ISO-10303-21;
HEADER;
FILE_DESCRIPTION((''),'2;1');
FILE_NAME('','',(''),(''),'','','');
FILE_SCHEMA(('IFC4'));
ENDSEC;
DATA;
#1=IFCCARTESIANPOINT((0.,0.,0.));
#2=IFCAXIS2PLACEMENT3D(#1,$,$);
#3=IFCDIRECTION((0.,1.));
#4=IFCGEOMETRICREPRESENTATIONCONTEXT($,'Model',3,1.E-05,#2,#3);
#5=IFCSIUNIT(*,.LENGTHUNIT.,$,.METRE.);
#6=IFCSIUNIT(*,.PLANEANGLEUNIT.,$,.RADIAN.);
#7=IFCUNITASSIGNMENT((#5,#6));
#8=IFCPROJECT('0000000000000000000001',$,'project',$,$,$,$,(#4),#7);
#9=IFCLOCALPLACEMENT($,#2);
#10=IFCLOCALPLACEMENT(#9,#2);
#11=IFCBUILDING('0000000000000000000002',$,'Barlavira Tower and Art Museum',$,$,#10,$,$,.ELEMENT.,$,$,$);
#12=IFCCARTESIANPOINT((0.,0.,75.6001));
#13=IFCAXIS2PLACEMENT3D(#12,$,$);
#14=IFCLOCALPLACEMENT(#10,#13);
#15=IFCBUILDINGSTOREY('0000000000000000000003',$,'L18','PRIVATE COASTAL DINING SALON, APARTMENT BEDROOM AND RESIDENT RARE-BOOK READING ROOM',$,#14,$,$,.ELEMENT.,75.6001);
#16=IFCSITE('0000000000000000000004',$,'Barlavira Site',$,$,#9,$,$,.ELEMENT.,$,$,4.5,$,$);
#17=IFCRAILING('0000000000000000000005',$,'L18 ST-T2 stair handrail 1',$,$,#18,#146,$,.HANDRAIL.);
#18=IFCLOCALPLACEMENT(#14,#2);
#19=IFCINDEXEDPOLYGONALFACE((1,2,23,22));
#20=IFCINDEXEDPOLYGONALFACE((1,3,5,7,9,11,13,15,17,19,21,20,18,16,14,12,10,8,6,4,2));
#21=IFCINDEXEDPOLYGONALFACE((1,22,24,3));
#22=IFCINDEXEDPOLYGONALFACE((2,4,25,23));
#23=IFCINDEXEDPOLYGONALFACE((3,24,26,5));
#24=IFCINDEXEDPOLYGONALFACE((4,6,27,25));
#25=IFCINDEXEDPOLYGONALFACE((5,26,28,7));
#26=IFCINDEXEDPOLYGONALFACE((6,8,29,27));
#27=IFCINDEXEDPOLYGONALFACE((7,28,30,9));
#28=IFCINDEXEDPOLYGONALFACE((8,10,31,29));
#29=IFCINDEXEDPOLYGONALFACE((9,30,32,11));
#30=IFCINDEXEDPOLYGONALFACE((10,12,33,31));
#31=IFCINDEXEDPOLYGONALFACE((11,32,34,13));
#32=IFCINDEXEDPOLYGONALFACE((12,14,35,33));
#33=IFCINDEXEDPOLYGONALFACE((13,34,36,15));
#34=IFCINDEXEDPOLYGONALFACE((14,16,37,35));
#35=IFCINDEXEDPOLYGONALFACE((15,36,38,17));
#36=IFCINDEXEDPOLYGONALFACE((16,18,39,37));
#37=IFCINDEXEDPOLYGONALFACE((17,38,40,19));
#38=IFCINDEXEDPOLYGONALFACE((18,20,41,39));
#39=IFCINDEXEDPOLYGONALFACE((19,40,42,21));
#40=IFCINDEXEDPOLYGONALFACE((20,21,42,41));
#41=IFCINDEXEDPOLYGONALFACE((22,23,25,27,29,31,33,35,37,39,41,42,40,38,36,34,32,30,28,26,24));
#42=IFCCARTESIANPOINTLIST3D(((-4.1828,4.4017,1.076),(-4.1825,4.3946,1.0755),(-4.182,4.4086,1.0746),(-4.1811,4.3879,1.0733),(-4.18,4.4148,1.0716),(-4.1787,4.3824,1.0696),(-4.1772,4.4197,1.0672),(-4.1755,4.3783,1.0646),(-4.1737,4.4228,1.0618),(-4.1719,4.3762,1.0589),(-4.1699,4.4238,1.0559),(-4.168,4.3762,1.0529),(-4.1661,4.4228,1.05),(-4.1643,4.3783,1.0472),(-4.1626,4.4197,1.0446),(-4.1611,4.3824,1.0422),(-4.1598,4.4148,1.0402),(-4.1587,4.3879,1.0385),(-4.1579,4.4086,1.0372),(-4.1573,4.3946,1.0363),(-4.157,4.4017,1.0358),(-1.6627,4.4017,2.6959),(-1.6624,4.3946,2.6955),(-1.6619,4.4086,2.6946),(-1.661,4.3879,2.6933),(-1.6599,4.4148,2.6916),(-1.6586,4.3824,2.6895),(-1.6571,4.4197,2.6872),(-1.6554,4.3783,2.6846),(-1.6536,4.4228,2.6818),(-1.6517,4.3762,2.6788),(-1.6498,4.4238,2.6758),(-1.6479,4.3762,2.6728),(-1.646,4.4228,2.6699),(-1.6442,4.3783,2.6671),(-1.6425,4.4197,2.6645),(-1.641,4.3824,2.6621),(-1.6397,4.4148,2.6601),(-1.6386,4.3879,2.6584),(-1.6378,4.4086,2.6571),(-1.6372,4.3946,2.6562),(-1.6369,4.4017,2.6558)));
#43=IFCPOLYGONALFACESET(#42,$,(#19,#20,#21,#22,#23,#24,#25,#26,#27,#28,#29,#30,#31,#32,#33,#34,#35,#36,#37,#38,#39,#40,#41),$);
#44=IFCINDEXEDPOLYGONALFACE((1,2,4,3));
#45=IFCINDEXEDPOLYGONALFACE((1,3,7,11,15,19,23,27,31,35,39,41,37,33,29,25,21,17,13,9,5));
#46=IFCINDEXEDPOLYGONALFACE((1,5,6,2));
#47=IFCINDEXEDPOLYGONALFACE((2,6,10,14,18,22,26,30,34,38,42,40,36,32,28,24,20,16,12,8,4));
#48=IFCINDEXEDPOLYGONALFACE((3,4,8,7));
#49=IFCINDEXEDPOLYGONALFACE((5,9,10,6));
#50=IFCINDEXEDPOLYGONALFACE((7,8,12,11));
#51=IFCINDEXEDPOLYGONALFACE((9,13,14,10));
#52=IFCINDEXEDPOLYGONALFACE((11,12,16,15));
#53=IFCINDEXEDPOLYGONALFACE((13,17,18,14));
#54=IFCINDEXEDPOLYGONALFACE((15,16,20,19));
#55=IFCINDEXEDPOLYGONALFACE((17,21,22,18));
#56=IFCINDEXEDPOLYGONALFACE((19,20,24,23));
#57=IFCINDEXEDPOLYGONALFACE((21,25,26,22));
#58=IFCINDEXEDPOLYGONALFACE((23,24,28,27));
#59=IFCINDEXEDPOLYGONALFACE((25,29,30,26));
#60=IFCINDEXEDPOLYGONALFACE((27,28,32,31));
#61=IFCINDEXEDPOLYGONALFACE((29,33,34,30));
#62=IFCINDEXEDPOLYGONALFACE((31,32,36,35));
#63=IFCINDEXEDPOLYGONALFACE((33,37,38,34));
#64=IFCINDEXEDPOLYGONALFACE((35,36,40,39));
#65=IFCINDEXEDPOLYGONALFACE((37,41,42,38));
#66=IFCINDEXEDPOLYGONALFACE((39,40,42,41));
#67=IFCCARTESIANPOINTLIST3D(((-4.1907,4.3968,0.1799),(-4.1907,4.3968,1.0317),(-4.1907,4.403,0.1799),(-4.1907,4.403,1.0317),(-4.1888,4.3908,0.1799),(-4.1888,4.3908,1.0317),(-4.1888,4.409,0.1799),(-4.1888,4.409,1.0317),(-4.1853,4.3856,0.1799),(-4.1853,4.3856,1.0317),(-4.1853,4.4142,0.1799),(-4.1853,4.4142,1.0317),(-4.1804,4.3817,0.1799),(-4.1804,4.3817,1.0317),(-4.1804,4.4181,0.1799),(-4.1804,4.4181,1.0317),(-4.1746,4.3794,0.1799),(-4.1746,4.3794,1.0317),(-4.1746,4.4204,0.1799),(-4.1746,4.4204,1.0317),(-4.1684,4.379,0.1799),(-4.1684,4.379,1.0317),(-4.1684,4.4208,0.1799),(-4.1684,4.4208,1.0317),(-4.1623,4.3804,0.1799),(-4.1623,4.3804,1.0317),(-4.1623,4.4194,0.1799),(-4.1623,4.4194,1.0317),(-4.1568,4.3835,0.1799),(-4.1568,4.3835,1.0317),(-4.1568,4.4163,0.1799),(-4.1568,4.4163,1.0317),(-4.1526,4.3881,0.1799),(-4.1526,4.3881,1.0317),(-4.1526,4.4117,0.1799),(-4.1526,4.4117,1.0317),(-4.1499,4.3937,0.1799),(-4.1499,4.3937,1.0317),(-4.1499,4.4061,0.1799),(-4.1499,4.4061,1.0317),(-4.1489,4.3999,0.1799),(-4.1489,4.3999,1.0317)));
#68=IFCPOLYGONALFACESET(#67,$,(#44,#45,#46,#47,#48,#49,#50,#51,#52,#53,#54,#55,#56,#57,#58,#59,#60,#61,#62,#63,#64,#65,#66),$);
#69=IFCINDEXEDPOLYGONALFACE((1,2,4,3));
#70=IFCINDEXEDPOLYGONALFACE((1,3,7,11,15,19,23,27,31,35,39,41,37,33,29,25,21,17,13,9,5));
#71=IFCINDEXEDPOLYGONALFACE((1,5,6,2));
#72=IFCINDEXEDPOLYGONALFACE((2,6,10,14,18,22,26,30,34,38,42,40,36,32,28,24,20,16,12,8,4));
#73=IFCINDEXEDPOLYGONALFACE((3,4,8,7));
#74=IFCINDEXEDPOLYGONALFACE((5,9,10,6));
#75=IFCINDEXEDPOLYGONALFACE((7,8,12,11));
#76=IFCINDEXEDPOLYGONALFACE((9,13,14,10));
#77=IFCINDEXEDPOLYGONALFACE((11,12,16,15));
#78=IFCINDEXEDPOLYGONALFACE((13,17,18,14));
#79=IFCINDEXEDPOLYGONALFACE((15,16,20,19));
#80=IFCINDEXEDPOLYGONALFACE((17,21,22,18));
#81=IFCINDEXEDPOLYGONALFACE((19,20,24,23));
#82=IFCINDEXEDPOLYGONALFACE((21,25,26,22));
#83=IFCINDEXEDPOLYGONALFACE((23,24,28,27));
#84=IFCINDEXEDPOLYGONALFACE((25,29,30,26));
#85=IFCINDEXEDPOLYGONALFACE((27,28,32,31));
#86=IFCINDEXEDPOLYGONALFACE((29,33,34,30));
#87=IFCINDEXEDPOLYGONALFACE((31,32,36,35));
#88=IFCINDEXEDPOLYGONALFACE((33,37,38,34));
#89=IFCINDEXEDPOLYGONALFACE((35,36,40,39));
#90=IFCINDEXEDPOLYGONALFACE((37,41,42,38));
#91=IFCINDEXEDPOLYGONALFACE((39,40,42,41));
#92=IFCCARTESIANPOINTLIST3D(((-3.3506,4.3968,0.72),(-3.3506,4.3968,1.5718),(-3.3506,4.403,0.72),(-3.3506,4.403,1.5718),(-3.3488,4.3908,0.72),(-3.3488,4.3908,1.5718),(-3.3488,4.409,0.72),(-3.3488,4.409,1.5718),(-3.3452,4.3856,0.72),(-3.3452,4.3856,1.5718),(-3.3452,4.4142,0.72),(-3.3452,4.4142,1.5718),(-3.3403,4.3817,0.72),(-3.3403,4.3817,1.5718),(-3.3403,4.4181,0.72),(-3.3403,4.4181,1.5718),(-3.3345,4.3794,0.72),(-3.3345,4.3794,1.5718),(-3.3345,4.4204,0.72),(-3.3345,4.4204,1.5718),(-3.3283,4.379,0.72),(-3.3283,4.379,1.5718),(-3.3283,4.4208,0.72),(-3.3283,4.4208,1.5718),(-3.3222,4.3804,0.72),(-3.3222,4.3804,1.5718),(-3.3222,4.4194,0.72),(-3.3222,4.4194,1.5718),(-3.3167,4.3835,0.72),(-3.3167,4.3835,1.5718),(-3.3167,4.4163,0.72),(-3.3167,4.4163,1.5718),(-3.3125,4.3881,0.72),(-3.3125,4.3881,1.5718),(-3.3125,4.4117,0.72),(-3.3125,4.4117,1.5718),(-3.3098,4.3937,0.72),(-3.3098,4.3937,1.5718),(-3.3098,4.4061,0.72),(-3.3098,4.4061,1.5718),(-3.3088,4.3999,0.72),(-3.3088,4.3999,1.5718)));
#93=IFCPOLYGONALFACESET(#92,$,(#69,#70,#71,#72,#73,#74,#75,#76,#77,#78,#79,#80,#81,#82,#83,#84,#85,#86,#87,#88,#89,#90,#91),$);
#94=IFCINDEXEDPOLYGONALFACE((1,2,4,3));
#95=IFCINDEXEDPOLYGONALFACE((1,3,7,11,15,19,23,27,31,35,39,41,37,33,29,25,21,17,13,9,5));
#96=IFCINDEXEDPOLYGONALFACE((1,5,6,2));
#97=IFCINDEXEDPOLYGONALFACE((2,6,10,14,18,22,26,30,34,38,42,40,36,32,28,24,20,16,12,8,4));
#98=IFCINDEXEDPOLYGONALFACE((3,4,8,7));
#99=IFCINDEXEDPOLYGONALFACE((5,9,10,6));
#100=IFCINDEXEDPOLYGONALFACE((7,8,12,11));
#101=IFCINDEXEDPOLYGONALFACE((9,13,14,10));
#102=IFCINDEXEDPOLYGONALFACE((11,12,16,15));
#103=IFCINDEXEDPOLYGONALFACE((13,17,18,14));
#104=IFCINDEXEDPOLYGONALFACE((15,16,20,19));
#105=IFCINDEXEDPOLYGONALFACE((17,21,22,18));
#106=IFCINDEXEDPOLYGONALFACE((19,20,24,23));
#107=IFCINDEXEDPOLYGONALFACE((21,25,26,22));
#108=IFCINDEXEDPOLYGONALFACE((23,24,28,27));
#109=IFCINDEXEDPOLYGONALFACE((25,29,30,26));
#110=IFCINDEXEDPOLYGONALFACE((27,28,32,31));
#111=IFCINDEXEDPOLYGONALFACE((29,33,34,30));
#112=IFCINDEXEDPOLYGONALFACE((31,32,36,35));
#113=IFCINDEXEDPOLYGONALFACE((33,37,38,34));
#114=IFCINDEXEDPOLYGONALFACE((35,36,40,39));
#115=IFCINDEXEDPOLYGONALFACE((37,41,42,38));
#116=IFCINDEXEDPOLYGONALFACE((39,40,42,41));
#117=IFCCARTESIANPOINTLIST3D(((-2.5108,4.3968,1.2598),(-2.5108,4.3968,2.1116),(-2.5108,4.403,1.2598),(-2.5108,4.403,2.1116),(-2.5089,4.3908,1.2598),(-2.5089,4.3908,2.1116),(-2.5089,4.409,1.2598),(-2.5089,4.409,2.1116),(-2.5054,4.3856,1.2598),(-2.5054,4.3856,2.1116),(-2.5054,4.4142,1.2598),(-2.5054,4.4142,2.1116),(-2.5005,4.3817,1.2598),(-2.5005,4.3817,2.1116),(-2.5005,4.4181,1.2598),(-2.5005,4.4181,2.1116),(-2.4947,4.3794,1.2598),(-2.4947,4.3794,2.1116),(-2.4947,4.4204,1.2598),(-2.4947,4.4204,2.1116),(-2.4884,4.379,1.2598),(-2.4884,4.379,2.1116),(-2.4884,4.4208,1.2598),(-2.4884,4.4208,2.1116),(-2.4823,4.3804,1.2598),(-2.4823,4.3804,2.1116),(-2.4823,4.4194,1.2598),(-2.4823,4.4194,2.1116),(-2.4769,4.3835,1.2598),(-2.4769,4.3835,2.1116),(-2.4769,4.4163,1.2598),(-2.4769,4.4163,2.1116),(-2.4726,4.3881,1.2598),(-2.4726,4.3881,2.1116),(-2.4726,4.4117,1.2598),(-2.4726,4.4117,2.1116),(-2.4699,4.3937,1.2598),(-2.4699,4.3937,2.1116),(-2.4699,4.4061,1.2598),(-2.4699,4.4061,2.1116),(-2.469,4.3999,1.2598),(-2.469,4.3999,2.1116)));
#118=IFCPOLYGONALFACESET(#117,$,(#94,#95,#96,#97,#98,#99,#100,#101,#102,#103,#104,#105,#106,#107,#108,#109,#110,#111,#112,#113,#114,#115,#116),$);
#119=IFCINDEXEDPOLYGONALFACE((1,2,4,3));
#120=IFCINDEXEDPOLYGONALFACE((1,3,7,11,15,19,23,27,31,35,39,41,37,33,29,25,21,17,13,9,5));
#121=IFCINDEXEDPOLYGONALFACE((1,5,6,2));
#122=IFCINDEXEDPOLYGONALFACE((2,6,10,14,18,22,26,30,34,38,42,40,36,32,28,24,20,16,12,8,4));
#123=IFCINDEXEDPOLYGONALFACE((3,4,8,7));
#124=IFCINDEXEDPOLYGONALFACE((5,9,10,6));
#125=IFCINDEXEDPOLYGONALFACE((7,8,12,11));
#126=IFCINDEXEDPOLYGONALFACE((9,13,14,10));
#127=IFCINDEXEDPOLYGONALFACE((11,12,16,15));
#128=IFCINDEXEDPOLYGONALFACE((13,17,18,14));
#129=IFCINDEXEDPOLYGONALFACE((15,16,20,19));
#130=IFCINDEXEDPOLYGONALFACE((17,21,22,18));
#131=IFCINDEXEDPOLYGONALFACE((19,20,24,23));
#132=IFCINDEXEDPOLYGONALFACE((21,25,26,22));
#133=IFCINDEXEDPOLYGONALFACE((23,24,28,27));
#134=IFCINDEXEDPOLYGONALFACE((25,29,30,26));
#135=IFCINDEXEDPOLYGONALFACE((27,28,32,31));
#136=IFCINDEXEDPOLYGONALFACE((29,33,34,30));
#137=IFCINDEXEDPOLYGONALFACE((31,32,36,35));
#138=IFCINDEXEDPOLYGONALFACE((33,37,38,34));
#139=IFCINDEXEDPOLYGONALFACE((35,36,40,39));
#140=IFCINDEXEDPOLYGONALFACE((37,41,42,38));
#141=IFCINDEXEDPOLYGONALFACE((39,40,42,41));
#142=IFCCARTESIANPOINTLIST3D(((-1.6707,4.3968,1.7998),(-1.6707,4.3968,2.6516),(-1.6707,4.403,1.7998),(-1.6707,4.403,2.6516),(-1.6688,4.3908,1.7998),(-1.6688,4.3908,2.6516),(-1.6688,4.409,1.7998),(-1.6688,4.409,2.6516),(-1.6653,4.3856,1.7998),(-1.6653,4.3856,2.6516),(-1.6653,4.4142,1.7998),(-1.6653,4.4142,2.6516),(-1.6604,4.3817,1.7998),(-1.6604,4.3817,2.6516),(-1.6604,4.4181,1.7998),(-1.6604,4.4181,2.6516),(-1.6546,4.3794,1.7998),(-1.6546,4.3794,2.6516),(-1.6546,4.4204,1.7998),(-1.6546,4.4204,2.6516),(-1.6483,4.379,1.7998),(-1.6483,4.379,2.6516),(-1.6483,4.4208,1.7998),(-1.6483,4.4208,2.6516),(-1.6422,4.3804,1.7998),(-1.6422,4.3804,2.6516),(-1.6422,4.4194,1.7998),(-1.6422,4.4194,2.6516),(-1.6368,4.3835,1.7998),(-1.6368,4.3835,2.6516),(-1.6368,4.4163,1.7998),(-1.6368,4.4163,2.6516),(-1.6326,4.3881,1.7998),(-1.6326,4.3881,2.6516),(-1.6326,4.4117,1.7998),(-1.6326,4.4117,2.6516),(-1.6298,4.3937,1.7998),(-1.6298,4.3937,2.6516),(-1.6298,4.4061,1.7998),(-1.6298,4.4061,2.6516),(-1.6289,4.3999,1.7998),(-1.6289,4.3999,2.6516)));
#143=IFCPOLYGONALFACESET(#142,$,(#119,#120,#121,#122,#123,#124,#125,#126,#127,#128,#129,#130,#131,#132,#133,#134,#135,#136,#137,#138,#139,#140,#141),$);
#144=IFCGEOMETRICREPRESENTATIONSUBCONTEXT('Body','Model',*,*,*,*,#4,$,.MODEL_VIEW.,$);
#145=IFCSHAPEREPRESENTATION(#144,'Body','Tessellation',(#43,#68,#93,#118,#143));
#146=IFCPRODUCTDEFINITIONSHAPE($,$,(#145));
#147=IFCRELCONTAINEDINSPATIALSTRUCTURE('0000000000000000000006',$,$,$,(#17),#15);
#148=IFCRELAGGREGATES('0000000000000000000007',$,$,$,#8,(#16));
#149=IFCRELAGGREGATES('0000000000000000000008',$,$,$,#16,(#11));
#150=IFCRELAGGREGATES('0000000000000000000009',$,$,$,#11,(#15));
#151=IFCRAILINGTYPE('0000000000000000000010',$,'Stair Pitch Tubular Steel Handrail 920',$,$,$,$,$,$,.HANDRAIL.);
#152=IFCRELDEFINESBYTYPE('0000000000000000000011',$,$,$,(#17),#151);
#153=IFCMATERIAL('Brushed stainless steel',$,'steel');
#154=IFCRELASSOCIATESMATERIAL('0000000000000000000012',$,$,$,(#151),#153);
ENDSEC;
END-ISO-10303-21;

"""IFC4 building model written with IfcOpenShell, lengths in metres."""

from ifc_helpers import new_model, si_unit, direction, frame, origin, origin_2d, place, context, subcontext, project, spatial, circle, extrude, material, type_object, element, save


model = new_model("IFC4")

# Units and contexts
model_context = context("Model", 3, precision=1e-05, world=origin(), true_north=direction((0.0, 1.0)))
body_context = subcontext(model_context, "Body", "Model", "MODEL_VIEW")
ifc_project = project(units=[si_unit("LENGTHUNIT", "METRE"), si_unit("PLANEANGLEUNIT", "RADIAN")], contexts=[model_context])

# Site, building, storey
site_placement = place(None, origin())
site = spatial("IfcSite", under=ifc_project, at=site_placement, Name="Barlavira Site", CompositionType="ELEMENT", RefElevation=4.5)
building_placement = place(site_placement, origin())
building = spatial("IfcBuilding", under=site, at=building_placement, Name="Barlavira Tower and Art Museum", CompositionType="ELEMENT")
storey_placement = place(building_placement, frame((0.0, 0.0, 75.6001)))
storey = spatial("IfcBuildingStorey", under=building, at=storey_placement, Name="L18", Description="PRIVATE COASTAL DINING SALON, APARTMENT BEDROOM AND RESIDENT RARE-BOOK READING ROOM", CompositionType="ELEMENT", Elevation=75.6001)

# Shared definitions
ifc_material_1 = material(Name="Brushed stainless steel", Category="steel")

# Railing
railing_type_1 = type_object("IfcRailingType", Name="Stair Pitch Tubular Steel Handrail 920", PredefinedType="HANDRAIL", material=ifc_material_1)
railing_1_placement = place(storey_placement, frame((-4.1699, 4.3999, 0.1799)))
element("IfcRailing", 1, at=railing_1_placement, inside=storey, type_object=railing_type_1, Name="L18 ST-T2 stair handrail 1", PredefinedType="HANDRAIL", context=body_context, shape_type="SweptSolid", body=[
    extrude(circle(Radius=0.0239, at=origin_2d()), frame((0.0, 0.0, 0.876), z_axis=(0.8412, 0.0, 0.540725), x_axis=(0.0, 1.0, 0.0)), (0.0, 0.0, 1.0), 2.9958),
    extrude(circle(Radius=0.021, at=origin_2d()), origin(), (0.0, 0.0, 1.0), 0.8518),
    extrude(circle(Radius=0.021, at=origin_2d()), frame((0.8401, 0.0, 0.54)), (0.0, 0.0, 1.0), 0.8518),
    extrude(circle(Radius=0.021, at=origin_2d()), frame((1.6799, 0.0, 1.0798)), (0.0, 0.0, 1.0), 0.8518),
    extrude(circle(Radius=0.021, at=origin_2d()), frame((2.52, 0.0, 1.6199)), (0.0, 0.0, 1.0), 0.8518),
])

save(model, "model.ifc")
